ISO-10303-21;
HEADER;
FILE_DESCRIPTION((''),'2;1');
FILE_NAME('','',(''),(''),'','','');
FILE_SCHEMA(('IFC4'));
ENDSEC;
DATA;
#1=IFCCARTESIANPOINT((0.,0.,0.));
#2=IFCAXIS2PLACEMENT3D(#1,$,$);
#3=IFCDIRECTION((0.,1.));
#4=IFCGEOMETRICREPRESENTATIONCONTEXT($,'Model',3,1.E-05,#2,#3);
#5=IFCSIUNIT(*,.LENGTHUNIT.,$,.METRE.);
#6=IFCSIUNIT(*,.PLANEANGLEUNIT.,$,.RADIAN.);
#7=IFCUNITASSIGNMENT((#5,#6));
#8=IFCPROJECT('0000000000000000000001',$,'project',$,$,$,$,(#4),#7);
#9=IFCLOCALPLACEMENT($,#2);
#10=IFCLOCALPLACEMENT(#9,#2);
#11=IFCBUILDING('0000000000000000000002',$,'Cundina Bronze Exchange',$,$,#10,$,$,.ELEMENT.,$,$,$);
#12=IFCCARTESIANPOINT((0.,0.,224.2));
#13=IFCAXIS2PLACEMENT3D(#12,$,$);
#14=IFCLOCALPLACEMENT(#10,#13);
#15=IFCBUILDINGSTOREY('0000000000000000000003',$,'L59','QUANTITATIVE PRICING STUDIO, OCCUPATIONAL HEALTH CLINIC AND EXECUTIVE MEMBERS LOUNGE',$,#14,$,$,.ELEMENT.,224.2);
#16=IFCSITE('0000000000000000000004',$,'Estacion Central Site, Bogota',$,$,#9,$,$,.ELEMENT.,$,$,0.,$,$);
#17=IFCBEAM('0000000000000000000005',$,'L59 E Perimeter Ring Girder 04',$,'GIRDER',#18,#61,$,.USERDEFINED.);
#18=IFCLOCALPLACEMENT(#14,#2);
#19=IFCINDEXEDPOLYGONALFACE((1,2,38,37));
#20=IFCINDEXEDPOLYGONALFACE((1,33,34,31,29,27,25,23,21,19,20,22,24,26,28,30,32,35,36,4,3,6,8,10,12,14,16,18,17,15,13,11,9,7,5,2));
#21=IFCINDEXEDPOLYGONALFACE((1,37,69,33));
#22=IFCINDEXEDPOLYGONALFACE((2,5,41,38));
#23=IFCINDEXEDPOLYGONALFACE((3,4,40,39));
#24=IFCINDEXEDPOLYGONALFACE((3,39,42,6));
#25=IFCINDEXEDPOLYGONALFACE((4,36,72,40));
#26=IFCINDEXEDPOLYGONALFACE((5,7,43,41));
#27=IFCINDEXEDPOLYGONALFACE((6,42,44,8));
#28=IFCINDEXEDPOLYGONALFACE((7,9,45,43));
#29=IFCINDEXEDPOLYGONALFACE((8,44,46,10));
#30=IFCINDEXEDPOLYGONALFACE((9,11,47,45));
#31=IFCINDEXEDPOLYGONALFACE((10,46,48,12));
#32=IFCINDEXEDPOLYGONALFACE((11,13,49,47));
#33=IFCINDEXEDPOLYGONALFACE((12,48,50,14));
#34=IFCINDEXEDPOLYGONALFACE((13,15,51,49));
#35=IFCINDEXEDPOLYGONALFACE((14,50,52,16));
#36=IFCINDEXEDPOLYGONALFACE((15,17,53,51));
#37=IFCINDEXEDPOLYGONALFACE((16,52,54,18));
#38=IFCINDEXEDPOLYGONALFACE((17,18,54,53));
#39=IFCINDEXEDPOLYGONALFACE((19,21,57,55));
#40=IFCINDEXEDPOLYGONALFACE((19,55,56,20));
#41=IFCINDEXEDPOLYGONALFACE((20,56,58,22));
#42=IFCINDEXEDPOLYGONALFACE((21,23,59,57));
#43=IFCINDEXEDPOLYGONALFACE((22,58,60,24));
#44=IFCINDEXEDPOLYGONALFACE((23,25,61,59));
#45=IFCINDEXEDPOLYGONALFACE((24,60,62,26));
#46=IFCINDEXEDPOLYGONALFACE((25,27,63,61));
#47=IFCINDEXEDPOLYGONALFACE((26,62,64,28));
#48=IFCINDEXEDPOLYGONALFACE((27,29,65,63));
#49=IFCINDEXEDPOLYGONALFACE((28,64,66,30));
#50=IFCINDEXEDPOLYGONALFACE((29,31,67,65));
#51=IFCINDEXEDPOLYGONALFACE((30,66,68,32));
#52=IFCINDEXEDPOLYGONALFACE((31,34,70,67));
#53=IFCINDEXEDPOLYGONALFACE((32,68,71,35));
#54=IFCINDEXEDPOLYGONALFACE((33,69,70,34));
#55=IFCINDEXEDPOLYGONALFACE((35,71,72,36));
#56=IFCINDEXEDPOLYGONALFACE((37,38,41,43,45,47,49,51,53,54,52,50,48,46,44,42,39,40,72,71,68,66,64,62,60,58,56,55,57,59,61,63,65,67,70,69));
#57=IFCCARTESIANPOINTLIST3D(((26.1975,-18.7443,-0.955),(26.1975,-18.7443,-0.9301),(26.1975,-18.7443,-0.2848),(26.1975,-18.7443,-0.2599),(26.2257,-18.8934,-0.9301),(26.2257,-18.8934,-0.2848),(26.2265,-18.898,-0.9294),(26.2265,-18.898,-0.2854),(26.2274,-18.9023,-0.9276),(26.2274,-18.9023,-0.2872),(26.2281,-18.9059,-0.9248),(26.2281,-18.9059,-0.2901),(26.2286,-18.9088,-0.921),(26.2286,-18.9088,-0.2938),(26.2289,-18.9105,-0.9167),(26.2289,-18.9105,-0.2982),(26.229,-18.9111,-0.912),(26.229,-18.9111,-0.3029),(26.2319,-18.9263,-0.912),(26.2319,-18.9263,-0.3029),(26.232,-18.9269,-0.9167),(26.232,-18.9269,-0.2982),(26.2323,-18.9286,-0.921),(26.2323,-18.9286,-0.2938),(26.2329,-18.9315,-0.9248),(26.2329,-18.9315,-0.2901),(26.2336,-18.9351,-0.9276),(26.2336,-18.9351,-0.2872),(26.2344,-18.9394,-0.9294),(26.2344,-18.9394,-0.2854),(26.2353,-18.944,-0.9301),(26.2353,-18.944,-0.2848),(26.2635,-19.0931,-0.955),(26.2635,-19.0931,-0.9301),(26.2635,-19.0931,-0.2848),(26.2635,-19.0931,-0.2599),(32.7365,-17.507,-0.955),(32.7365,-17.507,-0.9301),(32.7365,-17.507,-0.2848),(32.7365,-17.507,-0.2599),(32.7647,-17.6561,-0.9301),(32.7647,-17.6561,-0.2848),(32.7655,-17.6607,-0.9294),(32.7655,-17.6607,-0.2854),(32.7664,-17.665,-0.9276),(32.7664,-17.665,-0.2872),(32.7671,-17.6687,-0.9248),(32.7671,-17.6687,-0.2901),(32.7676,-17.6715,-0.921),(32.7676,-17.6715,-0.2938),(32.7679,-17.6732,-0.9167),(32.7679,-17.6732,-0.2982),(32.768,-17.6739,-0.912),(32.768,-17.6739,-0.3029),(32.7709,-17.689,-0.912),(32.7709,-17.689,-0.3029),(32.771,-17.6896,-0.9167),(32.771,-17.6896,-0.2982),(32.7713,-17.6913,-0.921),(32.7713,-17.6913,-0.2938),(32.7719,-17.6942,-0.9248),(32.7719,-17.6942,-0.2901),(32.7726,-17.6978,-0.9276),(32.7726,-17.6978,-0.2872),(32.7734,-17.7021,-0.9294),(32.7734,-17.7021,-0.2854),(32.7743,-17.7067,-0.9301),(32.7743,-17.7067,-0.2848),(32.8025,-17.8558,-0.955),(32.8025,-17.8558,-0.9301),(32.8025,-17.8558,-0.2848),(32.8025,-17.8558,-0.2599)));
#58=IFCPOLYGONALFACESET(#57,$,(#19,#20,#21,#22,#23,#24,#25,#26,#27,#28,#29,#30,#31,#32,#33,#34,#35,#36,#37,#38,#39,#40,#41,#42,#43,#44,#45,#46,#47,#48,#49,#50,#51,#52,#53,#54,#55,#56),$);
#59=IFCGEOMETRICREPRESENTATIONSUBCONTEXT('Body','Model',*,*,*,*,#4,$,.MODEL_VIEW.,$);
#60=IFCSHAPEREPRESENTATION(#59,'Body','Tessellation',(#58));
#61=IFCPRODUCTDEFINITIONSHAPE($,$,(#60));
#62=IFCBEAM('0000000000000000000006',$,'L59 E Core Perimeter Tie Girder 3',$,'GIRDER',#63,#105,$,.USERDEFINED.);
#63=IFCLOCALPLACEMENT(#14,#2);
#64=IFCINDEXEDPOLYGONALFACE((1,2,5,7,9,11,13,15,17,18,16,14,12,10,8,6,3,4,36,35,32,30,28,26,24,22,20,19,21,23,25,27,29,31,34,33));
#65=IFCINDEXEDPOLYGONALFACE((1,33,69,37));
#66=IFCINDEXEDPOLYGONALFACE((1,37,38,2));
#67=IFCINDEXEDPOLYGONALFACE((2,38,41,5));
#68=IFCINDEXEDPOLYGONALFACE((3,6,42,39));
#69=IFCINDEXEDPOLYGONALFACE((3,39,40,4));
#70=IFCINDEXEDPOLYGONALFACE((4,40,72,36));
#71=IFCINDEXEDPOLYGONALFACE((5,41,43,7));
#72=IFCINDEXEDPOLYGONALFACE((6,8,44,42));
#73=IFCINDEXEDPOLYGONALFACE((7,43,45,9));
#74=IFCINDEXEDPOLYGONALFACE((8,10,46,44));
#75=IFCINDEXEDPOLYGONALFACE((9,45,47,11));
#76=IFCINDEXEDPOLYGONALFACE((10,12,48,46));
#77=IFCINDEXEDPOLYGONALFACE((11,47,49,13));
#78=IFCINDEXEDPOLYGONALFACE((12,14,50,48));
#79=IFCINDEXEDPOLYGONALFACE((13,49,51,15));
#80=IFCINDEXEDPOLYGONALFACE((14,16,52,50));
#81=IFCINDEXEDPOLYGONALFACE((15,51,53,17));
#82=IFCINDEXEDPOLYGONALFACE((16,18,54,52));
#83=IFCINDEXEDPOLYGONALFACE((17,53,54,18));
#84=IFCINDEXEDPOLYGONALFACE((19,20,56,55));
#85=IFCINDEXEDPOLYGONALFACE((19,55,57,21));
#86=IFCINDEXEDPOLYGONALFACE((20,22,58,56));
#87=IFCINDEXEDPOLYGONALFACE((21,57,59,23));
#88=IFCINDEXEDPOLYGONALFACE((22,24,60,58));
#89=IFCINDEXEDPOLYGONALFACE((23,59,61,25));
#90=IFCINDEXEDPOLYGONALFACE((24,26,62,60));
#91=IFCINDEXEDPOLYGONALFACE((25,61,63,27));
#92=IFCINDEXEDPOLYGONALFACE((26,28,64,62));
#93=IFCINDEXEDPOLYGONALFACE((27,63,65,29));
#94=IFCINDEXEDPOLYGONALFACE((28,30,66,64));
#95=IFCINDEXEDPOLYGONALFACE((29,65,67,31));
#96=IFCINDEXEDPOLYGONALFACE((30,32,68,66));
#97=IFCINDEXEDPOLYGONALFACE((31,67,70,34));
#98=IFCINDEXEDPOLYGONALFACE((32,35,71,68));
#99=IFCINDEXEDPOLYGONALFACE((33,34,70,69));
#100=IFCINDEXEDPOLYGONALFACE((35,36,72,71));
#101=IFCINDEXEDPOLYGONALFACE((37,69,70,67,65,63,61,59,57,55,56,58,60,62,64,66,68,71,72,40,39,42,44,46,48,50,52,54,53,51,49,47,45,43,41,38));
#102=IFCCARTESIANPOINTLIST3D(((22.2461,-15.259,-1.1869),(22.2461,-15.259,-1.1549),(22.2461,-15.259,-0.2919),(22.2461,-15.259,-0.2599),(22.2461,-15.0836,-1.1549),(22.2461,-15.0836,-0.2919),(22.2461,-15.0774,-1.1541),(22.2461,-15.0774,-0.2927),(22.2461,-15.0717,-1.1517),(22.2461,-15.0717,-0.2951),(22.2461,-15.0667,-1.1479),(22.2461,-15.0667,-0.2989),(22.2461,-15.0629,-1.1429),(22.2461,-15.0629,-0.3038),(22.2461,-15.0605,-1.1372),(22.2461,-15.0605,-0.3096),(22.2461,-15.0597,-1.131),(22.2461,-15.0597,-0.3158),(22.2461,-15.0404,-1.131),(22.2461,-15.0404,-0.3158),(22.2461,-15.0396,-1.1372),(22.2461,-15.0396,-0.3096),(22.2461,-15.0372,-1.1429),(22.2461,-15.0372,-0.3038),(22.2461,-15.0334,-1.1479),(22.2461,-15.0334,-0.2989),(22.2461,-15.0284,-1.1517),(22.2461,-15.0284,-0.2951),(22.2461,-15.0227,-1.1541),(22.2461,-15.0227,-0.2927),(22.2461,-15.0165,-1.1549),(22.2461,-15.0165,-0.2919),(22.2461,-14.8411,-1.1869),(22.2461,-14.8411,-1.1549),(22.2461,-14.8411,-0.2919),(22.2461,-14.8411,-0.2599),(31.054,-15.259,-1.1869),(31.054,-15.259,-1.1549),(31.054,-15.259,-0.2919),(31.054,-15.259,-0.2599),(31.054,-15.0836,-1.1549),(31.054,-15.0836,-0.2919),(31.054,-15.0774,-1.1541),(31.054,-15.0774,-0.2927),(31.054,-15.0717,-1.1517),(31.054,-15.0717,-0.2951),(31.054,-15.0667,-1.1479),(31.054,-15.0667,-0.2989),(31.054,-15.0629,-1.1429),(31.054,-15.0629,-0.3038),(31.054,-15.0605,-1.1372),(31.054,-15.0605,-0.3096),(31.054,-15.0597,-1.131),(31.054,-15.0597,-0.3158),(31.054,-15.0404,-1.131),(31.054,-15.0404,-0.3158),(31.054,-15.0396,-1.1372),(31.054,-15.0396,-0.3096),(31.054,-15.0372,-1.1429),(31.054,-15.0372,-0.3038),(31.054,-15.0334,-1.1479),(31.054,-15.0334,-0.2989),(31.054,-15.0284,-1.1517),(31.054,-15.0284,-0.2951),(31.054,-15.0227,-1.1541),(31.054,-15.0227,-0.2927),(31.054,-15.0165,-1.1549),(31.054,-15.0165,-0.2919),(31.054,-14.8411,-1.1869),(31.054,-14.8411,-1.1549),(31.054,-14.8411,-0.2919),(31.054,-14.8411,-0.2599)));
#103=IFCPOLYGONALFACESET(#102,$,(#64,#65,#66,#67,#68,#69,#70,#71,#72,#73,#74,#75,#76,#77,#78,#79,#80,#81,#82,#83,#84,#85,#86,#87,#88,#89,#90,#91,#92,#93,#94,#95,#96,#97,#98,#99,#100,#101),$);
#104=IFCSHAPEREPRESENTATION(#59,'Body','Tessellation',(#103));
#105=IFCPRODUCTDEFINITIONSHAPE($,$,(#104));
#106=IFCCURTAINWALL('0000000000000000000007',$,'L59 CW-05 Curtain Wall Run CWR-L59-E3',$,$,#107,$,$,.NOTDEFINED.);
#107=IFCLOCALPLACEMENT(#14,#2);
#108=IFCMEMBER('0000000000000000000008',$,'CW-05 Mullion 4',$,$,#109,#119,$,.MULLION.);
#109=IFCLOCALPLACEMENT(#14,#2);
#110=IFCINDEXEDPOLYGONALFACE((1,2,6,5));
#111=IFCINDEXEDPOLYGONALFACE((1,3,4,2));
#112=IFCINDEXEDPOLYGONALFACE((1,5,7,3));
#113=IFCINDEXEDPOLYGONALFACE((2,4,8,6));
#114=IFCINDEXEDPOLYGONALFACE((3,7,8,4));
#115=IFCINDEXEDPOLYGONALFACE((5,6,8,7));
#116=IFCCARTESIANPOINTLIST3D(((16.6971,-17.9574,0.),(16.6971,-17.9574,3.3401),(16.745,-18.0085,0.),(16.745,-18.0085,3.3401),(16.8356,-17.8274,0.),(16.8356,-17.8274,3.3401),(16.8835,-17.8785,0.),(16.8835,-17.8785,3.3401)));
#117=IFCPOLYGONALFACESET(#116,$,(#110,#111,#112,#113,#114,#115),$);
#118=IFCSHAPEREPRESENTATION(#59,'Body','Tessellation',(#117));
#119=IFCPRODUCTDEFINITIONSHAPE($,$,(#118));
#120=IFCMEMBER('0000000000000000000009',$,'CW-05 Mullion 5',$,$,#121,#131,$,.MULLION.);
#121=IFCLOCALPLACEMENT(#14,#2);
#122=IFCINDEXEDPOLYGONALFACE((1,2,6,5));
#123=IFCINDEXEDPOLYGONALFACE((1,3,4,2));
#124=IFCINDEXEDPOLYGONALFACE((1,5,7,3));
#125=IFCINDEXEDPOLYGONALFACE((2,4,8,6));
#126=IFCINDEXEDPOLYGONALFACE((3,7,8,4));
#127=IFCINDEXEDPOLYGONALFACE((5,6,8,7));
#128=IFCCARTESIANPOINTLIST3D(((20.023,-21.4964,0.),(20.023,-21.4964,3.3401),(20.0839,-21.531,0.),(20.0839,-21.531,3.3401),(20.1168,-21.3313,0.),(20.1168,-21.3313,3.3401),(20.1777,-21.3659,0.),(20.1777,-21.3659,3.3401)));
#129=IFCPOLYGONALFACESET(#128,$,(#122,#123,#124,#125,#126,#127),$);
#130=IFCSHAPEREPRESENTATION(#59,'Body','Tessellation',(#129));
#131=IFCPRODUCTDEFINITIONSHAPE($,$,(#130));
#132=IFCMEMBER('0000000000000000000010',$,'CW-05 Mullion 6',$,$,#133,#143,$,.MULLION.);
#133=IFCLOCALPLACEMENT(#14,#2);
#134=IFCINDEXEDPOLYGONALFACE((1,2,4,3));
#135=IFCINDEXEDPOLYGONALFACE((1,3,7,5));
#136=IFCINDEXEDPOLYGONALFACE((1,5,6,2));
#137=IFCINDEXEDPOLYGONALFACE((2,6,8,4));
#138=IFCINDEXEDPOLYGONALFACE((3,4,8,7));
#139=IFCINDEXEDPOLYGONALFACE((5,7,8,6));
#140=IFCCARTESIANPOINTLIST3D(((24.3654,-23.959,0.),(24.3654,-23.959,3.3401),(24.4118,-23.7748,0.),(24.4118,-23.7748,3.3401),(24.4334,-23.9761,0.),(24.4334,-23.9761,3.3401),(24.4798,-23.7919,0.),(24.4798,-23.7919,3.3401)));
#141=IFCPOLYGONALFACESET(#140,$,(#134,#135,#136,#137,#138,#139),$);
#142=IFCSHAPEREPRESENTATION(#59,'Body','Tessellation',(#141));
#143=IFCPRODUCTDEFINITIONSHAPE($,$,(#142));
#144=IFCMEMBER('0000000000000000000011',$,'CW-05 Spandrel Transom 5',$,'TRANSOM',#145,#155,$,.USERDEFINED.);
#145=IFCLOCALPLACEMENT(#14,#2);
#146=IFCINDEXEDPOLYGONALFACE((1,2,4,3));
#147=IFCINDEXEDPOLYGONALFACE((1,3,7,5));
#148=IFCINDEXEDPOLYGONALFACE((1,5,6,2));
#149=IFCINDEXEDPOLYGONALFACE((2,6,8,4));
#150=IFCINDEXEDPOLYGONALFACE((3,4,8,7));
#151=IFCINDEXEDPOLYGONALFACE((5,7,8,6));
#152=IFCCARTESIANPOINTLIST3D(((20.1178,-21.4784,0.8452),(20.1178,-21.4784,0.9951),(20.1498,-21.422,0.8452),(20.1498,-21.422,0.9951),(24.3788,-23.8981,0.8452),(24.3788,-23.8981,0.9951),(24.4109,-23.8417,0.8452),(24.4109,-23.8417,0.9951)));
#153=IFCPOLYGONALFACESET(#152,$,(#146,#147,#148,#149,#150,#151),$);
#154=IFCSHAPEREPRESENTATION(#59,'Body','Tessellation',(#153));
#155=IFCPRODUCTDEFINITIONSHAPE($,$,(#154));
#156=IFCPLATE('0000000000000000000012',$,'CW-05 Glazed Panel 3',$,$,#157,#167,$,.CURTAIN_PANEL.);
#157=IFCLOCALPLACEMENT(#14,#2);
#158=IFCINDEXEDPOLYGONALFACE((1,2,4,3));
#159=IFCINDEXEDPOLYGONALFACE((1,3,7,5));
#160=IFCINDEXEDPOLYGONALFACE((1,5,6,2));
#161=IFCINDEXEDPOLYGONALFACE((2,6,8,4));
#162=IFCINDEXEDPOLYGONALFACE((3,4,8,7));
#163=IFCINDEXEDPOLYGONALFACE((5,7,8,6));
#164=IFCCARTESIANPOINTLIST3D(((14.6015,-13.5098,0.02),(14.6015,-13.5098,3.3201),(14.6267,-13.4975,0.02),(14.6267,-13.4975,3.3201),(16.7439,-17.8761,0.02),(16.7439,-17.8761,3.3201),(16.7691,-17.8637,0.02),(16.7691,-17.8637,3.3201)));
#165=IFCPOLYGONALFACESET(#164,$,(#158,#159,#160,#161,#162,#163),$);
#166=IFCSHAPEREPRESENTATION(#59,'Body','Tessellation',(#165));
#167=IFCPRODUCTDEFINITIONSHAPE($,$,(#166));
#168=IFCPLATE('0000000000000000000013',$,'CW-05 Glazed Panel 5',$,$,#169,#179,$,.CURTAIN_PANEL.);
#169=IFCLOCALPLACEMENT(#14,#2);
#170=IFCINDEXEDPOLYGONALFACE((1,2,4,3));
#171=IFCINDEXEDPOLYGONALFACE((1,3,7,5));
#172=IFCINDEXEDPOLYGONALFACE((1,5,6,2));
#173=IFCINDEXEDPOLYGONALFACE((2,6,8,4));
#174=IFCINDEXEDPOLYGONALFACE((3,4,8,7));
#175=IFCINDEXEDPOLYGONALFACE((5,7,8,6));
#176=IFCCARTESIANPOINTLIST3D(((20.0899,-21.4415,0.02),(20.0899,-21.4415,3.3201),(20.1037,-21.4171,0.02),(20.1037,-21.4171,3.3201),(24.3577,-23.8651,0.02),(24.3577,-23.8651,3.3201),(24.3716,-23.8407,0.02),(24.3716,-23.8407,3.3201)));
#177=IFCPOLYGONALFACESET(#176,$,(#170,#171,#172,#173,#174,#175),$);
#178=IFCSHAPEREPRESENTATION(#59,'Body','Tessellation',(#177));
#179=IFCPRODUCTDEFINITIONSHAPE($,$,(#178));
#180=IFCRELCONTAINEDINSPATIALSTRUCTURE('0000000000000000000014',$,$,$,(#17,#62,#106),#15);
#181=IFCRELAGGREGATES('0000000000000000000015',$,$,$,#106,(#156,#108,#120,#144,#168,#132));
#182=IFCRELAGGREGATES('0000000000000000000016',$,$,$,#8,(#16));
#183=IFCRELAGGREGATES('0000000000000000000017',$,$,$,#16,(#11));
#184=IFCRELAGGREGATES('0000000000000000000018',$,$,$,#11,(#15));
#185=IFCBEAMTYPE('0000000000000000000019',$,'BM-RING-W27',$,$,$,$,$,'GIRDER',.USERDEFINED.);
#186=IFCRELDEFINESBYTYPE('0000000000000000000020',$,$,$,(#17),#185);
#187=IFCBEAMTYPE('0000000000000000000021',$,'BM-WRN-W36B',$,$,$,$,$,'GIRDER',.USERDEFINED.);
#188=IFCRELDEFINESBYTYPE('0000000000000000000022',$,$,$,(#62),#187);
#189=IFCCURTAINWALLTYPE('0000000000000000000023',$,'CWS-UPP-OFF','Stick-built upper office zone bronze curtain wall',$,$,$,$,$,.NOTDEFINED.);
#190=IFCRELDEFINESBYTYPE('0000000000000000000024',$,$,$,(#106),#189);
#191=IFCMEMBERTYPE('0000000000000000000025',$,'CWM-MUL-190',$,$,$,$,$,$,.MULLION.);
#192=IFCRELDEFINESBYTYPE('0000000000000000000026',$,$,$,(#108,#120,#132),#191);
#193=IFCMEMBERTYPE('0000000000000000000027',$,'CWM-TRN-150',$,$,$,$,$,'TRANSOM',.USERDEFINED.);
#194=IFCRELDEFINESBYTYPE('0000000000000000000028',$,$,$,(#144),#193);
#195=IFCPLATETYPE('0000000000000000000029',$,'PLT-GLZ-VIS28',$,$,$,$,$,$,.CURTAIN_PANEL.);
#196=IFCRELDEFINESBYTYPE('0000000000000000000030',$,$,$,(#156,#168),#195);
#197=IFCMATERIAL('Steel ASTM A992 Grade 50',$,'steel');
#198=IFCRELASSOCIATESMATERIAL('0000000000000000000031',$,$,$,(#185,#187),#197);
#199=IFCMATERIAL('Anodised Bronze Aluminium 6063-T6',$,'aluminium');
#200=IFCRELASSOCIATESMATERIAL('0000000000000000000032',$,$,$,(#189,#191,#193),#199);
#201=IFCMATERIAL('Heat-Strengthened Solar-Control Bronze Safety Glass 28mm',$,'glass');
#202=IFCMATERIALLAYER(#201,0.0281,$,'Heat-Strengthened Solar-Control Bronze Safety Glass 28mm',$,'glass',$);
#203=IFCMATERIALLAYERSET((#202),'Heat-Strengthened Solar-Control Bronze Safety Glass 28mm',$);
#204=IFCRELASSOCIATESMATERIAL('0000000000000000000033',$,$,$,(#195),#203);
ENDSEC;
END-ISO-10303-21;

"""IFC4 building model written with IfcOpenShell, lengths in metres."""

from ifc_helpers import new_model, si_unit, direction, frame, origin, origin_2d, place, context, subcontext, project, spatial, rectangle, i_section, extrude, material, layer, layer_set, material_profile, profile_set, type_object, element, aggregate, save


model = new_model("IFC4")

# Units and contexts
model_context = context("Model", 3, precision=1e-05, world=origin(), true_north=direction((0.0, 1.0)))
body_context = subcontext(model_context, "Body", "Model", "MODEL_VIEW")
ifc_project = project(units=[si_unit("LENGTHUNIT", "METRE"), si_unit("PLANEANGLEUNIT", "RADIAN")], contexts=[model_context])

# Site, building, storey
site_placement = place(None, origin())
site = spatial("IfcSite", under=ifc_project, at=site_placement, Name="Estacion Central Site, Bogota", CompositionType="ELEMENT", RefElevation=0.0)
building_placement = place(site_placement, origin())
building = spatial("IfcBuilding", under=site, at=building_placement, Name="Cundina Bronze Exchange", CompositionType="ELEMENT")
storey_placement = place(building_placement, frame((0.0, 0.0, 224.2)))
storey = spatial("IfcBuildingStorey", under=building, at=storey_placement, Name="L59", Description="QUANTITATIVE PRICING STUDIO, OCCUPATIONAL HEALTH CLINIC AND EXECUTIVE MEMBERS LOUNGE", CompositionType="ELEMENT", Elevation=224.2)

# Shared definitions
ifc_material_1 = material(Name="Steel ASTM A992 Grade 50", Category="steel")

# Beams
ifc_material_profile_1 = material_profile(ifc_material_1, i_section(OverallWidth=0.355, OverallDepth=0.6951, WebThickness=0.0154, FlangeThickness=0.0249, FilletRadius=0.0181, at=origin_2d()), Name="W27X146", Category="steel")
ifc_profile_set_1 = profile_set([ifc_material_profile_1], Name="Steel ASTM A992 Grade 50")
beam_type_1 = type_object("IfcBeamType", Name="BM-RING-W27", ElementType="GIRDER", PredefinedType="USERDEFINED", material=ifc_profile_set_1)
beam_1_placement = place(storey_placement, frame((26.2305, -18.9187, -0.6074), z_axis=(0.982565, 0.185918, 0.0), x_axis=(-0.185918, 0.982565, 0.0)))
element("IfcBeam", 1, at=beam_1_placement, inside=storey, type_object=beam_type_1, Name="L59 E Perimeter Ring Girder 04", ObjectType="GIRDER", PredefinedType="USERDEFINED", context=body_context, shape_type="SweptSolid", body=[
    extrude(i_section(OverallWidth=0.355, OverallDepth=0.6951, WebThickness=0.0154, FlangeThickness=0.0249, FilletRadius=0.0181, at=origin_2d()), origin(), (0.0, 0.0, 1.0), 6.655),
])
ifc_material_profile_2 = material_profile(ifc_material_1, i_section(OverallWidth=0.418, OverallDepth=0.927, WebThickness=0.0193, FlangeThickness=0.032, FilletRadius=0.0239, at=origin_2d()), Name="W36X231", Category="steel")
ifc_profile_set_2 = profile_set([ifc_material_profile_2], Name="Steel ASTM A992 Grade 50")
beam_type_2 = type_object("IfcBeamType", Name="BM-WRN-W36B", ElementType="GIRDER", PredefinedType="USERDEFINED", material=ifc_profile_set_2)
beam_2_placement = place(storey_placement, frame((22.2461, -15.05, -0.7234), z_axis=(1.0, 0.0, 0.0), x_axis=(0.0, 1.0, 0.0)))
element("IfcBeam", 2, at=beam_2_placement, inside=storey, type_object=beam_type_2, Name="L59 E Core Perimeter Tie Girder 3", ObjectType="GIRDER", PredefinedType="USERDEFINED", context=body_context, shape_type="SweptSolid", body=[
    extrude(i_section(OverallWidth=0.418, OverallDepth=0.927, WebThickness=0.0193, FlangeThickness=0.032, FilletRadius=0.0239, at=origin_2d()), origin(), (0.0, 0.0, 1.0), 8.8079),
])

# Curtain wall, members, plates
ifc_material_2 = material(Name="Anodised Bronze Aluminium 6063-T6", Category="aluminium")
curtain_wall_type = type_object("IfcCurtainWallType", Name="CWS-UPP-OFF", Description="Stick-built upper office zone bronze curtain wall", PredefinedType="NOTDEFINED", material=ifc_material_2)
curtain_wall_placement = place(storey_placement, origin())
curtain_wall = element("IfcCurtainWall", 3, at=curtain_wall_placement, inside=storey, type_object=curtain_wall_type, Name="L59 CW-05 Curtain Wall Run CWR-L59-E3", PredefinedType="NOTDEFINED")
ifc_material_profile_3 = material_profile(ifc_material_2, rectangle(XDim=0.0701, YDim=0.1899, at=origin_2d()), Name="AL70X190", Category="aluminium")
ifc_profile_set_3 = profile_set([ifc_material_profile_3], Name="Anodised Bronze Aluminium 6063-T6")
member_type_1 = type_object("IfcMemberType", Name="CWM-MUL-190", PredefinedType="MULLION", material=ifc_profile_set_3)
member_1_placement = place(storey_placement, frame((16.7903, -17.918, 0.0), z_axis=(0.0, 0.0, 1.0), x_axis=(0.684293, -0.729208, 0.0)))
member_1 = element("IfcMember", 4, at=member_1_placement, type_object=member_type_1, Name="CW-05 Mullion 4", PredefinedType="MULLION", context=body_context, shape_type="SweptSolid", body=[
    extrude(rectangle(XDim=0.0701, YDim=0.1899, at=origin_2d()), origin(), (0.0, 0.0, 1.0), 3.3401),
])
member_2_placement = place(storey_placement, frame((20.1003, -21.4312, 0.0), z_axis=(0.0, 0.0, 1.0), x_axis=(0.869581, -0.49379, 0.0)))
member_2 = element("IfcMember", 5, at=member_2_placement, type_object=member_type_1, Name="CW-05 Mullion 5", PredefinedType="MULLION", context=body_context, shape_type="SweptSolid", body=[
    extrude(rectangle(XDim=0.0701, YDim=0.1899, at=origin_2d()), origin(), (0.0, 0.0, 1.0), 3.3401),
])
member_3_placement = place(storey_placement, frame((24.4226, -23.8755, 0.0), z_axis=(0.0, 0.0, 1.0), x_axis=(0.969744, -0.244123, 0.0)))
member_3 = element("IfcMember", 6, at=member_3_placement, type_object=member_type_1, Name="CW-05 Mullion 6", PredefinedType="MULLION", context=body_context, shape_type="SweptSolid", body=[
    extrude(rectangle(XDim=0.0701, YDim=0.1899, at=origin_2d()), origin(), (0.0, 0.0, 1.0), 3.3401),
])
ifc_material_profile_4 = material_profile(ifc_material_2, rectangle(XDim=0.0649, YDim=0.1499, at=origin_2d()), Name="AL65X150", Category="aluminium")
ifc_profile_set_4 = profile_set([ifc_material_profile_4], Name="Anodised Bronze Aluminium 6063-T6")
member_type_2 = type_object("IfcMemberType", Name="CWM-TRN-150", ElementType="TRANSOM", PredefinedType="USERDEFINED", material=ifc_profile_set_4)
member_4_placement = place(storey_placement, frame((20.1338, -21.4502, 0.9202), z_axis=(0.869574, -0.493803, 0.0), x_axis=(0.493803, 0.869574, 0.0)))
member_4 = element("IfcMember", 7, at=member_4_placement, type_object=member_type_2, Name="CW-05 Spandrel Transom 5", ObjectType="TRANSOM", PredefinedType="USERDEFINED", context=body_context, shape_type="SweptSolid", body=[
    extrude(rectangle(XDim=0.0649, YDim=0.1499, at=origin_2d()), origin(), (0.0, 0.0, 1.0), 4.9001),
])
ifc_material_3 = material(Name="Heat-Strengthened Solar-Control Bronze Safety Glass 28mm", Category="glass")
ifc_layer_1 = layer(ifc_material_3, 0.0281, Name="Heat-Strengthened Solar-Control Bronze Safety Glass 28mm", Category="glass")
ifc_layer_set_1 = layer_set([ifc_layer_1], Name="Heat-Strengthened Solar-Control Bronze Safety Glass 28mm")
plate_type_1 = type_object("IfcPlateType", Name="PLT-GLZ-VIS28", PredefinedType="CURTAIN_PANEL", material=ifc_layer_set_1)
plate_1_placement = place(storey_placement, frame((15.6853, -15.6868, 0.02), z_axis=(0.0, 0.0, 1.0), x_axis=(0.440503, -0.897751, 0.0)))
plate_1 = element("IfcPlate", 8, at=plate_1_placement, type_object=plate_type_1, Name="CW-05 Glazed Panel 3", PredefinedType="CURTAIN_PANEL", context=body_context, shape_type="SweptSolid", body=[
    extrude(rectangle(XDim=4.8635, YDim=0.0281, at=origin_2d()), origin(), (0.0, 0.0, 1.0), 3.3),
])
plate_2_placement = place(storey_placement, frame((22.2307, -22.6411, 0.02), z_axis=(0.0, 0.0, 1.0), x_axis=(0.869573, -0.493805, 0.0)))
plate_2 = element("IfcPlate", 9, at=plate_2_placement, type_object=plate_type_1, Name="CW-05 Glazed Panel 5", PredefinedType="CURTAIN_PANEL", context=body_context, shape_type="SweptSolid", body=[
    extrude(rectangle(XDim=4.908, YDim=0.0281, at=origin_2d()), origin(), (0.0, 0.0, 1.0), 3.3),
])
aggregate(curtain_wall, [plate_1, member_1, member_2, member_4, plate_2, member_3])

save(model, "model.ifc")
